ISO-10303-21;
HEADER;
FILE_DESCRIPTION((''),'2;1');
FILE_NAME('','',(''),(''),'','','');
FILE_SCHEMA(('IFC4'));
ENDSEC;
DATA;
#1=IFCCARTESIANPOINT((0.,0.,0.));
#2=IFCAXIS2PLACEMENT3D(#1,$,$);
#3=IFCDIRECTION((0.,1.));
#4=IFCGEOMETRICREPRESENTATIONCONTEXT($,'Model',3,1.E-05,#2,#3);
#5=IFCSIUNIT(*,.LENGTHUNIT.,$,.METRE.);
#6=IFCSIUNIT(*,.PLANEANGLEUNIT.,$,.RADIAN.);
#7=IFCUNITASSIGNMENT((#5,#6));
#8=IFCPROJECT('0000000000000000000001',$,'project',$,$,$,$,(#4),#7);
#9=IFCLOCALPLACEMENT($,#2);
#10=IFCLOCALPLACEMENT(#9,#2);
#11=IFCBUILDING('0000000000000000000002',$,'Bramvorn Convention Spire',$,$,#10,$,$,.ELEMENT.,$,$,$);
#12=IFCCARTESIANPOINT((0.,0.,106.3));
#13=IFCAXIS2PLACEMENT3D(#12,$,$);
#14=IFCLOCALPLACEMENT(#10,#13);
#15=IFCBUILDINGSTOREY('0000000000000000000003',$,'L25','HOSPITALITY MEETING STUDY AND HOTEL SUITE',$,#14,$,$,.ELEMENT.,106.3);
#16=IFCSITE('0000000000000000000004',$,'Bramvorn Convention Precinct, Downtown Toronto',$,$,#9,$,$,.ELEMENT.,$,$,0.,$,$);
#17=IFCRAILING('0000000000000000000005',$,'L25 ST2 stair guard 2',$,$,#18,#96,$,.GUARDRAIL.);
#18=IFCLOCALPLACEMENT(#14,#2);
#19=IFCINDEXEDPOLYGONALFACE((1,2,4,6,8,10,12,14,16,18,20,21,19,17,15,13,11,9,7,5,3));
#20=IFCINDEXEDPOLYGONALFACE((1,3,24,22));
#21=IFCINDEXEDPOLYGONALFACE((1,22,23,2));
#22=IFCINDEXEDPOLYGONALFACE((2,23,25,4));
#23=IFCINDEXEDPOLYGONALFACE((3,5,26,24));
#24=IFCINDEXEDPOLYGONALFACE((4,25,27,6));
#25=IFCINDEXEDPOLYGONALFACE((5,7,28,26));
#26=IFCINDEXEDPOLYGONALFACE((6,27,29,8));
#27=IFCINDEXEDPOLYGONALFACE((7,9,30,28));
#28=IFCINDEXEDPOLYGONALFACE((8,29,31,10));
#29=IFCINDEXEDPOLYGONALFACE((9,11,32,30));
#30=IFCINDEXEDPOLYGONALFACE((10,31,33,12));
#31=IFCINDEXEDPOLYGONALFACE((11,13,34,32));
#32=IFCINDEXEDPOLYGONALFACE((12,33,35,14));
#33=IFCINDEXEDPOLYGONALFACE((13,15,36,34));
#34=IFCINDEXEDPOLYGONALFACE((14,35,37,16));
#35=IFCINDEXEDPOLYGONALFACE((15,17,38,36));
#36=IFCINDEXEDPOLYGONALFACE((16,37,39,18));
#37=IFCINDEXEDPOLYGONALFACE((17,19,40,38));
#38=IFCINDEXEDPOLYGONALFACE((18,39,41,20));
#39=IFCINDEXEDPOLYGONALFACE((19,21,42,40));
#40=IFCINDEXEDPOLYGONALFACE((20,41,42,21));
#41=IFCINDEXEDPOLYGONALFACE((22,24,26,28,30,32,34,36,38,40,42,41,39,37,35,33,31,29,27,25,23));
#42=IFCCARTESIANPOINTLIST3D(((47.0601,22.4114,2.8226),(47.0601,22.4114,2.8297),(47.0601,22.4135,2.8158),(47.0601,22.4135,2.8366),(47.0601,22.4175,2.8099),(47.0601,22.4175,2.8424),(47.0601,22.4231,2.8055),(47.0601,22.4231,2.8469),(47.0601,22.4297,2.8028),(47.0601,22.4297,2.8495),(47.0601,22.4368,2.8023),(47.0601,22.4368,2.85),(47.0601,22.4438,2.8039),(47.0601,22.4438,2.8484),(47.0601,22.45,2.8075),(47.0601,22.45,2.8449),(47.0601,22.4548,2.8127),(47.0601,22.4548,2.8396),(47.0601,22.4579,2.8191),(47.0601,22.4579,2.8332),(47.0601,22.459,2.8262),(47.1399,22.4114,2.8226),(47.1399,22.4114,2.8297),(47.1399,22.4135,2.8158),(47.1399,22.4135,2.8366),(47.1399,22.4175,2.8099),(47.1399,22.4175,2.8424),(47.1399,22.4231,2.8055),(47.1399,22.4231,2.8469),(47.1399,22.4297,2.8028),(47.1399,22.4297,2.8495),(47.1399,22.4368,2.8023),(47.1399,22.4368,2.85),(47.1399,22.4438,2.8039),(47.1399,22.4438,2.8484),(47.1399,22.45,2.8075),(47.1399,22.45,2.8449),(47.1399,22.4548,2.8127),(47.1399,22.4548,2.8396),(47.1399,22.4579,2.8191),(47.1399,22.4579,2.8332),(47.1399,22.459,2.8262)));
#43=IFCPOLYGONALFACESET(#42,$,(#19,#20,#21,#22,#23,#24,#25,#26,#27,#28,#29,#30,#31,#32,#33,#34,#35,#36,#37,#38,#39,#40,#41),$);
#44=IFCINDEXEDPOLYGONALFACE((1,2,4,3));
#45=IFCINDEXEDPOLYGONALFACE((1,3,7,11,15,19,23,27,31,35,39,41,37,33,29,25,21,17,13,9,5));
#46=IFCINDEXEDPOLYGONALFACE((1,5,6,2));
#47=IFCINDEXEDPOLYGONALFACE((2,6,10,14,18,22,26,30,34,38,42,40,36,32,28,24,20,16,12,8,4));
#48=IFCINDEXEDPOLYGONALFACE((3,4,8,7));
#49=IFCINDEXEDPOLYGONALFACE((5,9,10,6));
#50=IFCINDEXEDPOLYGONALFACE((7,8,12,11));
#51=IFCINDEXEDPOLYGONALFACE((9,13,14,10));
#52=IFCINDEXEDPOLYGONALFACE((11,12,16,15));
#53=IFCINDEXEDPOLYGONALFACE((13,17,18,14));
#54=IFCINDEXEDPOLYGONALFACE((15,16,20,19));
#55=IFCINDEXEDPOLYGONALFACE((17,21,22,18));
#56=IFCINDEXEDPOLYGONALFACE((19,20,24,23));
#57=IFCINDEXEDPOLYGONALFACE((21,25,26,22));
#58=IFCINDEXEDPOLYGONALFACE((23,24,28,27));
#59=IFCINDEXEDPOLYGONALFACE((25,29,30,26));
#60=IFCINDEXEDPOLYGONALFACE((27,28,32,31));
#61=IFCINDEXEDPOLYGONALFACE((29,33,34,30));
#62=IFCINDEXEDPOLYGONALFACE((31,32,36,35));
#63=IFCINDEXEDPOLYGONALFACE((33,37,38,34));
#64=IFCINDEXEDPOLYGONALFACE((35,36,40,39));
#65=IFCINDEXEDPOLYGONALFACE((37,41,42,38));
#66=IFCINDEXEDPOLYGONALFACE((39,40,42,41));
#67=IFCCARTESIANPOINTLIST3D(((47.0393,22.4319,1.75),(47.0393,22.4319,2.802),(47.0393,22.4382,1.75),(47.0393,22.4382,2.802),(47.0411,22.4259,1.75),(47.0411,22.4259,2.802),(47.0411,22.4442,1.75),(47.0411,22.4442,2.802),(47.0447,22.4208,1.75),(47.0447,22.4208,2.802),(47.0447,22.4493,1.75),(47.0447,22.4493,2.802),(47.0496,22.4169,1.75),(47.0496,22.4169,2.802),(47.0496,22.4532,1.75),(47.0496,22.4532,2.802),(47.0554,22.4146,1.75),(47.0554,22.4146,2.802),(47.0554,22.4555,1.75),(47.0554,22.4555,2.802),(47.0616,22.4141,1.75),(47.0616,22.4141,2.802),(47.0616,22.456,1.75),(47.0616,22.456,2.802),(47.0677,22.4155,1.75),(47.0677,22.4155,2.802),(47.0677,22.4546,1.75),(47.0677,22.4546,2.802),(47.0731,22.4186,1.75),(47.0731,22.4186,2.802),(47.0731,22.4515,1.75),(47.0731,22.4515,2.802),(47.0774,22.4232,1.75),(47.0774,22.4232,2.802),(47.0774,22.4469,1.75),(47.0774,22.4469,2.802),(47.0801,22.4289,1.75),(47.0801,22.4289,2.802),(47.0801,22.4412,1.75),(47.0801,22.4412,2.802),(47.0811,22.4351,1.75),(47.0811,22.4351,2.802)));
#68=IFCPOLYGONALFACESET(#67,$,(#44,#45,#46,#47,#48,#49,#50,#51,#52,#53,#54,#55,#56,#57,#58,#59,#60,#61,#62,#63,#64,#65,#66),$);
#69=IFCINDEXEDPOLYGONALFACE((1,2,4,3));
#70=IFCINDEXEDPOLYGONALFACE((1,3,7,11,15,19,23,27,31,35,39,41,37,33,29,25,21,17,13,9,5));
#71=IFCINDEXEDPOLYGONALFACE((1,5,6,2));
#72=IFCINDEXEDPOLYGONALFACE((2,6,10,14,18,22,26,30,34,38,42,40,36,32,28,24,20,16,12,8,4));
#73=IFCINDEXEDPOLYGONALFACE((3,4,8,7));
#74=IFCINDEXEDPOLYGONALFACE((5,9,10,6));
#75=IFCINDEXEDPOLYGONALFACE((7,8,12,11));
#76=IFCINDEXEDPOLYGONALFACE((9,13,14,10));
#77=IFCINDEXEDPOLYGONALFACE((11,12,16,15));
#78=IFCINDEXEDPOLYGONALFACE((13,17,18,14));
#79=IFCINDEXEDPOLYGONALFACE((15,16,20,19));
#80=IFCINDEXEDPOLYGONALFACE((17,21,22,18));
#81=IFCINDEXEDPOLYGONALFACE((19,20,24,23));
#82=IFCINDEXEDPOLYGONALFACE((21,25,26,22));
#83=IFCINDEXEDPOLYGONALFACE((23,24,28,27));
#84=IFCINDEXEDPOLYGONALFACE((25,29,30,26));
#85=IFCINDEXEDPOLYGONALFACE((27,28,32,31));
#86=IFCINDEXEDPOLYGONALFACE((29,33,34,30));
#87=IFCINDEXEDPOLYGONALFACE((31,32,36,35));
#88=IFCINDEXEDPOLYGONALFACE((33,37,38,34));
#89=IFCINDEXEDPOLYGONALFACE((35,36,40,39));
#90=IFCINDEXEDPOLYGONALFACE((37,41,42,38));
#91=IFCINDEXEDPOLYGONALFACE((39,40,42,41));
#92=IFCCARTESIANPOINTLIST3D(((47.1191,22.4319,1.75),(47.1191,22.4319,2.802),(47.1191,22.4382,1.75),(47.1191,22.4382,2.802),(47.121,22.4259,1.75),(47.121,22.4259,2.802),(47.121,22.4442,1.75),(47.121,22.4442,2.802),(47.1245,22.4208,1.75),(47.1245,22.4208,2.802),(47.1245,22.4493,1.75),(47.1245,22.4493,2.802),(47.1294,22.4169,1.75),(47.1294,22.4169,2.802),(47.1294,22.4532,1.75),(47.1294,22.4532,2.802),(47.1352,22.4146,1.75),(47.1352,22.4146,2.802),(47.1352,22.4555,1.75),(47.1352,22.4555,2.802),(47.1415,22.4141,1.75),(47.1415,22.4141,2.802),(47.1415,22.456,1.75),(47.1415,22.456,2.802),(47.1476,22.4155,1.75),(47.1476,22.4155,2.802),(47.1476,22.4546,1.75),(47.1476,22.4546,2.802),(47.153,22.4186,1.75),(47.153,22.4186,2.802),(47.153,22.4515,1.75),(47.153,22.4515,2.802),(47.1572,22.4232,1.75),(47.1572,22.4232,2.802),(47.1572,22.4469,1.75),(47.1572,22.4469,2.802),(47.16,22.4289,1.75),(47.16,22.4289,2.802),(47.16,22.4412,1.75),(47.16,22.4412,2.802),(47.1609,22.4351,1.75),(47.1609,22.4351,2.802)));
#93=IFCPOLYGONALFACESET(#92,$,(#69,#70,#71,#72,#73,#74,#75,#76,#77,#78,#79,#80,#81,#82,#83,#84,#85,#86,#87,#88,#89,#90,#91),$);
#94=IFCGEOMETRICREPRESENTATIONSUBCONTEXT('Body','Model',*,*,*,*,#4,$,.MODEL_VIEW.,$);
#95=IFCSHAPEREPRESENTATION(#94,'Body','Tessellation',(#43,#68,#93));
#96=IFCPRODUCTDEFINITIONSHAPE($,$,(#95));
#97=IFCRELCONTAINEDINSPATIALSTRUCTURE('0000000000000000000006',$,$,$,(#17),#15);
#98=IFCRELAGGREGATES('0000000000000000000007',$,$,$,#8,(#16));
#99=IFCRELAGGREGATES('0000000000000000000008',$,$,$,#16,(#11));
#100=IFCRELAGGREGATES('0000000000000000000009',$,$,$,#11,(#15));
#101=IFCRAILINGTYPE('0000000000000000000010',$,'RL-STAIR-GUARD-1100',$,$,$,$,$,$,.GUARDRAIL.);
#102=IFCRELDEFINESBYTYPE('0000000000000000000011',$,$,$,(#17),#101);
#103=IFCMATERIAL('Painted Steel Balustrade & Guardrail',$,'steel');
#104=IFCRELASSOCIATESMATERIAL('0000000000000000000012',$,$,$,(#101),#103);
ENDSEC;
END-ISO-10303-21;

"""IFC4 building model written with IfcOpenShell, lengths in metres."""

from ifc_helpers import new_model, si_unit, direction, frame, origin, origin_2d, place, context, subcontext, project, spatial, circle, extrude, material, type_object, element, save


model = new_model("IFC4")

# Units and contexts
model_context = context("Model", 3, precision=1e-05, world=origin(), true_north=direction((0.0, 1.0)))
body_context = subcontext(model_context, "Body", "Model", "MODEL_VIEW")
ifc_project = project(units=[si_unit("LENGTHUNIT", "METRE"), si_unit("PLANEANGLEUNIT", "RADIAN")], contexts=[model_context])

# Site, building, storey
site_placement = place(None, origin())
site = spatial("IfcSite", under=ifc_project, at=site_placement, Name="Bramvorn Convention Precinct, Downtown Toronto", CompositionType="ELEMENT", RefElevation=0.0)
building_placement = place(site_placement, origin())
building = spatial("IfcBuilding", under=site, at=building_placement, Name="Bramvorn Convention Spire", CompositionType="ELEMENT")
storey_placement = place(building_placement, frame((0.0, 0.0, 106.3)))
storey = spatial("IfcBuildingStorey", under=building, at=storey_placement, Name="L25", Description="HOSPITALITY MEETING STUDY AND HOTEL SUITE", CompositionType="ELEMENT", Elevation=106.3)

# Railing
ifc_material_1 = material(Name="Painted Steel Balustrade & Guardrail", Category="steel")
railing_type = type_object("IfcRailingType", Name="RL-STAIR-GUARD-1100", PredefinedType="GUARDRAIL", material=ifc_material_1)
railing_1_placement = place(storey_placement, frame((47.0601, 22.4351, 1.75)))
element("IfcRailing", 1, at=railing_1_placement, inside=storey, type_object=railing_type, Name="L25 ST2 stair guard 2", PredefinedType="GUARDRAIL", context=body_context, shape_type="SweptSolid", body=[
    extrude(circle(Radius=0.0239, at=origin_2d()), frame((0.0, 0.0, 1.0762), z_axis=(1.0, 0.0, 0.0), x_axis=(0.0, 1.0, 0.0)), (0.0, 0.0, 1.0), 0.0798),
    extrude(circle(Radius=0.021, at=origin_2d()), origin(), (0.0, 0.0, 1.0), 1.052),
    extrude(circle(Radius=0.021, at=origin_2d()), frame((0.0798, 0.0, 0.0)), (0.0, 0.0, 1.0), 1.052),
])

save(model, "model.ifc")
